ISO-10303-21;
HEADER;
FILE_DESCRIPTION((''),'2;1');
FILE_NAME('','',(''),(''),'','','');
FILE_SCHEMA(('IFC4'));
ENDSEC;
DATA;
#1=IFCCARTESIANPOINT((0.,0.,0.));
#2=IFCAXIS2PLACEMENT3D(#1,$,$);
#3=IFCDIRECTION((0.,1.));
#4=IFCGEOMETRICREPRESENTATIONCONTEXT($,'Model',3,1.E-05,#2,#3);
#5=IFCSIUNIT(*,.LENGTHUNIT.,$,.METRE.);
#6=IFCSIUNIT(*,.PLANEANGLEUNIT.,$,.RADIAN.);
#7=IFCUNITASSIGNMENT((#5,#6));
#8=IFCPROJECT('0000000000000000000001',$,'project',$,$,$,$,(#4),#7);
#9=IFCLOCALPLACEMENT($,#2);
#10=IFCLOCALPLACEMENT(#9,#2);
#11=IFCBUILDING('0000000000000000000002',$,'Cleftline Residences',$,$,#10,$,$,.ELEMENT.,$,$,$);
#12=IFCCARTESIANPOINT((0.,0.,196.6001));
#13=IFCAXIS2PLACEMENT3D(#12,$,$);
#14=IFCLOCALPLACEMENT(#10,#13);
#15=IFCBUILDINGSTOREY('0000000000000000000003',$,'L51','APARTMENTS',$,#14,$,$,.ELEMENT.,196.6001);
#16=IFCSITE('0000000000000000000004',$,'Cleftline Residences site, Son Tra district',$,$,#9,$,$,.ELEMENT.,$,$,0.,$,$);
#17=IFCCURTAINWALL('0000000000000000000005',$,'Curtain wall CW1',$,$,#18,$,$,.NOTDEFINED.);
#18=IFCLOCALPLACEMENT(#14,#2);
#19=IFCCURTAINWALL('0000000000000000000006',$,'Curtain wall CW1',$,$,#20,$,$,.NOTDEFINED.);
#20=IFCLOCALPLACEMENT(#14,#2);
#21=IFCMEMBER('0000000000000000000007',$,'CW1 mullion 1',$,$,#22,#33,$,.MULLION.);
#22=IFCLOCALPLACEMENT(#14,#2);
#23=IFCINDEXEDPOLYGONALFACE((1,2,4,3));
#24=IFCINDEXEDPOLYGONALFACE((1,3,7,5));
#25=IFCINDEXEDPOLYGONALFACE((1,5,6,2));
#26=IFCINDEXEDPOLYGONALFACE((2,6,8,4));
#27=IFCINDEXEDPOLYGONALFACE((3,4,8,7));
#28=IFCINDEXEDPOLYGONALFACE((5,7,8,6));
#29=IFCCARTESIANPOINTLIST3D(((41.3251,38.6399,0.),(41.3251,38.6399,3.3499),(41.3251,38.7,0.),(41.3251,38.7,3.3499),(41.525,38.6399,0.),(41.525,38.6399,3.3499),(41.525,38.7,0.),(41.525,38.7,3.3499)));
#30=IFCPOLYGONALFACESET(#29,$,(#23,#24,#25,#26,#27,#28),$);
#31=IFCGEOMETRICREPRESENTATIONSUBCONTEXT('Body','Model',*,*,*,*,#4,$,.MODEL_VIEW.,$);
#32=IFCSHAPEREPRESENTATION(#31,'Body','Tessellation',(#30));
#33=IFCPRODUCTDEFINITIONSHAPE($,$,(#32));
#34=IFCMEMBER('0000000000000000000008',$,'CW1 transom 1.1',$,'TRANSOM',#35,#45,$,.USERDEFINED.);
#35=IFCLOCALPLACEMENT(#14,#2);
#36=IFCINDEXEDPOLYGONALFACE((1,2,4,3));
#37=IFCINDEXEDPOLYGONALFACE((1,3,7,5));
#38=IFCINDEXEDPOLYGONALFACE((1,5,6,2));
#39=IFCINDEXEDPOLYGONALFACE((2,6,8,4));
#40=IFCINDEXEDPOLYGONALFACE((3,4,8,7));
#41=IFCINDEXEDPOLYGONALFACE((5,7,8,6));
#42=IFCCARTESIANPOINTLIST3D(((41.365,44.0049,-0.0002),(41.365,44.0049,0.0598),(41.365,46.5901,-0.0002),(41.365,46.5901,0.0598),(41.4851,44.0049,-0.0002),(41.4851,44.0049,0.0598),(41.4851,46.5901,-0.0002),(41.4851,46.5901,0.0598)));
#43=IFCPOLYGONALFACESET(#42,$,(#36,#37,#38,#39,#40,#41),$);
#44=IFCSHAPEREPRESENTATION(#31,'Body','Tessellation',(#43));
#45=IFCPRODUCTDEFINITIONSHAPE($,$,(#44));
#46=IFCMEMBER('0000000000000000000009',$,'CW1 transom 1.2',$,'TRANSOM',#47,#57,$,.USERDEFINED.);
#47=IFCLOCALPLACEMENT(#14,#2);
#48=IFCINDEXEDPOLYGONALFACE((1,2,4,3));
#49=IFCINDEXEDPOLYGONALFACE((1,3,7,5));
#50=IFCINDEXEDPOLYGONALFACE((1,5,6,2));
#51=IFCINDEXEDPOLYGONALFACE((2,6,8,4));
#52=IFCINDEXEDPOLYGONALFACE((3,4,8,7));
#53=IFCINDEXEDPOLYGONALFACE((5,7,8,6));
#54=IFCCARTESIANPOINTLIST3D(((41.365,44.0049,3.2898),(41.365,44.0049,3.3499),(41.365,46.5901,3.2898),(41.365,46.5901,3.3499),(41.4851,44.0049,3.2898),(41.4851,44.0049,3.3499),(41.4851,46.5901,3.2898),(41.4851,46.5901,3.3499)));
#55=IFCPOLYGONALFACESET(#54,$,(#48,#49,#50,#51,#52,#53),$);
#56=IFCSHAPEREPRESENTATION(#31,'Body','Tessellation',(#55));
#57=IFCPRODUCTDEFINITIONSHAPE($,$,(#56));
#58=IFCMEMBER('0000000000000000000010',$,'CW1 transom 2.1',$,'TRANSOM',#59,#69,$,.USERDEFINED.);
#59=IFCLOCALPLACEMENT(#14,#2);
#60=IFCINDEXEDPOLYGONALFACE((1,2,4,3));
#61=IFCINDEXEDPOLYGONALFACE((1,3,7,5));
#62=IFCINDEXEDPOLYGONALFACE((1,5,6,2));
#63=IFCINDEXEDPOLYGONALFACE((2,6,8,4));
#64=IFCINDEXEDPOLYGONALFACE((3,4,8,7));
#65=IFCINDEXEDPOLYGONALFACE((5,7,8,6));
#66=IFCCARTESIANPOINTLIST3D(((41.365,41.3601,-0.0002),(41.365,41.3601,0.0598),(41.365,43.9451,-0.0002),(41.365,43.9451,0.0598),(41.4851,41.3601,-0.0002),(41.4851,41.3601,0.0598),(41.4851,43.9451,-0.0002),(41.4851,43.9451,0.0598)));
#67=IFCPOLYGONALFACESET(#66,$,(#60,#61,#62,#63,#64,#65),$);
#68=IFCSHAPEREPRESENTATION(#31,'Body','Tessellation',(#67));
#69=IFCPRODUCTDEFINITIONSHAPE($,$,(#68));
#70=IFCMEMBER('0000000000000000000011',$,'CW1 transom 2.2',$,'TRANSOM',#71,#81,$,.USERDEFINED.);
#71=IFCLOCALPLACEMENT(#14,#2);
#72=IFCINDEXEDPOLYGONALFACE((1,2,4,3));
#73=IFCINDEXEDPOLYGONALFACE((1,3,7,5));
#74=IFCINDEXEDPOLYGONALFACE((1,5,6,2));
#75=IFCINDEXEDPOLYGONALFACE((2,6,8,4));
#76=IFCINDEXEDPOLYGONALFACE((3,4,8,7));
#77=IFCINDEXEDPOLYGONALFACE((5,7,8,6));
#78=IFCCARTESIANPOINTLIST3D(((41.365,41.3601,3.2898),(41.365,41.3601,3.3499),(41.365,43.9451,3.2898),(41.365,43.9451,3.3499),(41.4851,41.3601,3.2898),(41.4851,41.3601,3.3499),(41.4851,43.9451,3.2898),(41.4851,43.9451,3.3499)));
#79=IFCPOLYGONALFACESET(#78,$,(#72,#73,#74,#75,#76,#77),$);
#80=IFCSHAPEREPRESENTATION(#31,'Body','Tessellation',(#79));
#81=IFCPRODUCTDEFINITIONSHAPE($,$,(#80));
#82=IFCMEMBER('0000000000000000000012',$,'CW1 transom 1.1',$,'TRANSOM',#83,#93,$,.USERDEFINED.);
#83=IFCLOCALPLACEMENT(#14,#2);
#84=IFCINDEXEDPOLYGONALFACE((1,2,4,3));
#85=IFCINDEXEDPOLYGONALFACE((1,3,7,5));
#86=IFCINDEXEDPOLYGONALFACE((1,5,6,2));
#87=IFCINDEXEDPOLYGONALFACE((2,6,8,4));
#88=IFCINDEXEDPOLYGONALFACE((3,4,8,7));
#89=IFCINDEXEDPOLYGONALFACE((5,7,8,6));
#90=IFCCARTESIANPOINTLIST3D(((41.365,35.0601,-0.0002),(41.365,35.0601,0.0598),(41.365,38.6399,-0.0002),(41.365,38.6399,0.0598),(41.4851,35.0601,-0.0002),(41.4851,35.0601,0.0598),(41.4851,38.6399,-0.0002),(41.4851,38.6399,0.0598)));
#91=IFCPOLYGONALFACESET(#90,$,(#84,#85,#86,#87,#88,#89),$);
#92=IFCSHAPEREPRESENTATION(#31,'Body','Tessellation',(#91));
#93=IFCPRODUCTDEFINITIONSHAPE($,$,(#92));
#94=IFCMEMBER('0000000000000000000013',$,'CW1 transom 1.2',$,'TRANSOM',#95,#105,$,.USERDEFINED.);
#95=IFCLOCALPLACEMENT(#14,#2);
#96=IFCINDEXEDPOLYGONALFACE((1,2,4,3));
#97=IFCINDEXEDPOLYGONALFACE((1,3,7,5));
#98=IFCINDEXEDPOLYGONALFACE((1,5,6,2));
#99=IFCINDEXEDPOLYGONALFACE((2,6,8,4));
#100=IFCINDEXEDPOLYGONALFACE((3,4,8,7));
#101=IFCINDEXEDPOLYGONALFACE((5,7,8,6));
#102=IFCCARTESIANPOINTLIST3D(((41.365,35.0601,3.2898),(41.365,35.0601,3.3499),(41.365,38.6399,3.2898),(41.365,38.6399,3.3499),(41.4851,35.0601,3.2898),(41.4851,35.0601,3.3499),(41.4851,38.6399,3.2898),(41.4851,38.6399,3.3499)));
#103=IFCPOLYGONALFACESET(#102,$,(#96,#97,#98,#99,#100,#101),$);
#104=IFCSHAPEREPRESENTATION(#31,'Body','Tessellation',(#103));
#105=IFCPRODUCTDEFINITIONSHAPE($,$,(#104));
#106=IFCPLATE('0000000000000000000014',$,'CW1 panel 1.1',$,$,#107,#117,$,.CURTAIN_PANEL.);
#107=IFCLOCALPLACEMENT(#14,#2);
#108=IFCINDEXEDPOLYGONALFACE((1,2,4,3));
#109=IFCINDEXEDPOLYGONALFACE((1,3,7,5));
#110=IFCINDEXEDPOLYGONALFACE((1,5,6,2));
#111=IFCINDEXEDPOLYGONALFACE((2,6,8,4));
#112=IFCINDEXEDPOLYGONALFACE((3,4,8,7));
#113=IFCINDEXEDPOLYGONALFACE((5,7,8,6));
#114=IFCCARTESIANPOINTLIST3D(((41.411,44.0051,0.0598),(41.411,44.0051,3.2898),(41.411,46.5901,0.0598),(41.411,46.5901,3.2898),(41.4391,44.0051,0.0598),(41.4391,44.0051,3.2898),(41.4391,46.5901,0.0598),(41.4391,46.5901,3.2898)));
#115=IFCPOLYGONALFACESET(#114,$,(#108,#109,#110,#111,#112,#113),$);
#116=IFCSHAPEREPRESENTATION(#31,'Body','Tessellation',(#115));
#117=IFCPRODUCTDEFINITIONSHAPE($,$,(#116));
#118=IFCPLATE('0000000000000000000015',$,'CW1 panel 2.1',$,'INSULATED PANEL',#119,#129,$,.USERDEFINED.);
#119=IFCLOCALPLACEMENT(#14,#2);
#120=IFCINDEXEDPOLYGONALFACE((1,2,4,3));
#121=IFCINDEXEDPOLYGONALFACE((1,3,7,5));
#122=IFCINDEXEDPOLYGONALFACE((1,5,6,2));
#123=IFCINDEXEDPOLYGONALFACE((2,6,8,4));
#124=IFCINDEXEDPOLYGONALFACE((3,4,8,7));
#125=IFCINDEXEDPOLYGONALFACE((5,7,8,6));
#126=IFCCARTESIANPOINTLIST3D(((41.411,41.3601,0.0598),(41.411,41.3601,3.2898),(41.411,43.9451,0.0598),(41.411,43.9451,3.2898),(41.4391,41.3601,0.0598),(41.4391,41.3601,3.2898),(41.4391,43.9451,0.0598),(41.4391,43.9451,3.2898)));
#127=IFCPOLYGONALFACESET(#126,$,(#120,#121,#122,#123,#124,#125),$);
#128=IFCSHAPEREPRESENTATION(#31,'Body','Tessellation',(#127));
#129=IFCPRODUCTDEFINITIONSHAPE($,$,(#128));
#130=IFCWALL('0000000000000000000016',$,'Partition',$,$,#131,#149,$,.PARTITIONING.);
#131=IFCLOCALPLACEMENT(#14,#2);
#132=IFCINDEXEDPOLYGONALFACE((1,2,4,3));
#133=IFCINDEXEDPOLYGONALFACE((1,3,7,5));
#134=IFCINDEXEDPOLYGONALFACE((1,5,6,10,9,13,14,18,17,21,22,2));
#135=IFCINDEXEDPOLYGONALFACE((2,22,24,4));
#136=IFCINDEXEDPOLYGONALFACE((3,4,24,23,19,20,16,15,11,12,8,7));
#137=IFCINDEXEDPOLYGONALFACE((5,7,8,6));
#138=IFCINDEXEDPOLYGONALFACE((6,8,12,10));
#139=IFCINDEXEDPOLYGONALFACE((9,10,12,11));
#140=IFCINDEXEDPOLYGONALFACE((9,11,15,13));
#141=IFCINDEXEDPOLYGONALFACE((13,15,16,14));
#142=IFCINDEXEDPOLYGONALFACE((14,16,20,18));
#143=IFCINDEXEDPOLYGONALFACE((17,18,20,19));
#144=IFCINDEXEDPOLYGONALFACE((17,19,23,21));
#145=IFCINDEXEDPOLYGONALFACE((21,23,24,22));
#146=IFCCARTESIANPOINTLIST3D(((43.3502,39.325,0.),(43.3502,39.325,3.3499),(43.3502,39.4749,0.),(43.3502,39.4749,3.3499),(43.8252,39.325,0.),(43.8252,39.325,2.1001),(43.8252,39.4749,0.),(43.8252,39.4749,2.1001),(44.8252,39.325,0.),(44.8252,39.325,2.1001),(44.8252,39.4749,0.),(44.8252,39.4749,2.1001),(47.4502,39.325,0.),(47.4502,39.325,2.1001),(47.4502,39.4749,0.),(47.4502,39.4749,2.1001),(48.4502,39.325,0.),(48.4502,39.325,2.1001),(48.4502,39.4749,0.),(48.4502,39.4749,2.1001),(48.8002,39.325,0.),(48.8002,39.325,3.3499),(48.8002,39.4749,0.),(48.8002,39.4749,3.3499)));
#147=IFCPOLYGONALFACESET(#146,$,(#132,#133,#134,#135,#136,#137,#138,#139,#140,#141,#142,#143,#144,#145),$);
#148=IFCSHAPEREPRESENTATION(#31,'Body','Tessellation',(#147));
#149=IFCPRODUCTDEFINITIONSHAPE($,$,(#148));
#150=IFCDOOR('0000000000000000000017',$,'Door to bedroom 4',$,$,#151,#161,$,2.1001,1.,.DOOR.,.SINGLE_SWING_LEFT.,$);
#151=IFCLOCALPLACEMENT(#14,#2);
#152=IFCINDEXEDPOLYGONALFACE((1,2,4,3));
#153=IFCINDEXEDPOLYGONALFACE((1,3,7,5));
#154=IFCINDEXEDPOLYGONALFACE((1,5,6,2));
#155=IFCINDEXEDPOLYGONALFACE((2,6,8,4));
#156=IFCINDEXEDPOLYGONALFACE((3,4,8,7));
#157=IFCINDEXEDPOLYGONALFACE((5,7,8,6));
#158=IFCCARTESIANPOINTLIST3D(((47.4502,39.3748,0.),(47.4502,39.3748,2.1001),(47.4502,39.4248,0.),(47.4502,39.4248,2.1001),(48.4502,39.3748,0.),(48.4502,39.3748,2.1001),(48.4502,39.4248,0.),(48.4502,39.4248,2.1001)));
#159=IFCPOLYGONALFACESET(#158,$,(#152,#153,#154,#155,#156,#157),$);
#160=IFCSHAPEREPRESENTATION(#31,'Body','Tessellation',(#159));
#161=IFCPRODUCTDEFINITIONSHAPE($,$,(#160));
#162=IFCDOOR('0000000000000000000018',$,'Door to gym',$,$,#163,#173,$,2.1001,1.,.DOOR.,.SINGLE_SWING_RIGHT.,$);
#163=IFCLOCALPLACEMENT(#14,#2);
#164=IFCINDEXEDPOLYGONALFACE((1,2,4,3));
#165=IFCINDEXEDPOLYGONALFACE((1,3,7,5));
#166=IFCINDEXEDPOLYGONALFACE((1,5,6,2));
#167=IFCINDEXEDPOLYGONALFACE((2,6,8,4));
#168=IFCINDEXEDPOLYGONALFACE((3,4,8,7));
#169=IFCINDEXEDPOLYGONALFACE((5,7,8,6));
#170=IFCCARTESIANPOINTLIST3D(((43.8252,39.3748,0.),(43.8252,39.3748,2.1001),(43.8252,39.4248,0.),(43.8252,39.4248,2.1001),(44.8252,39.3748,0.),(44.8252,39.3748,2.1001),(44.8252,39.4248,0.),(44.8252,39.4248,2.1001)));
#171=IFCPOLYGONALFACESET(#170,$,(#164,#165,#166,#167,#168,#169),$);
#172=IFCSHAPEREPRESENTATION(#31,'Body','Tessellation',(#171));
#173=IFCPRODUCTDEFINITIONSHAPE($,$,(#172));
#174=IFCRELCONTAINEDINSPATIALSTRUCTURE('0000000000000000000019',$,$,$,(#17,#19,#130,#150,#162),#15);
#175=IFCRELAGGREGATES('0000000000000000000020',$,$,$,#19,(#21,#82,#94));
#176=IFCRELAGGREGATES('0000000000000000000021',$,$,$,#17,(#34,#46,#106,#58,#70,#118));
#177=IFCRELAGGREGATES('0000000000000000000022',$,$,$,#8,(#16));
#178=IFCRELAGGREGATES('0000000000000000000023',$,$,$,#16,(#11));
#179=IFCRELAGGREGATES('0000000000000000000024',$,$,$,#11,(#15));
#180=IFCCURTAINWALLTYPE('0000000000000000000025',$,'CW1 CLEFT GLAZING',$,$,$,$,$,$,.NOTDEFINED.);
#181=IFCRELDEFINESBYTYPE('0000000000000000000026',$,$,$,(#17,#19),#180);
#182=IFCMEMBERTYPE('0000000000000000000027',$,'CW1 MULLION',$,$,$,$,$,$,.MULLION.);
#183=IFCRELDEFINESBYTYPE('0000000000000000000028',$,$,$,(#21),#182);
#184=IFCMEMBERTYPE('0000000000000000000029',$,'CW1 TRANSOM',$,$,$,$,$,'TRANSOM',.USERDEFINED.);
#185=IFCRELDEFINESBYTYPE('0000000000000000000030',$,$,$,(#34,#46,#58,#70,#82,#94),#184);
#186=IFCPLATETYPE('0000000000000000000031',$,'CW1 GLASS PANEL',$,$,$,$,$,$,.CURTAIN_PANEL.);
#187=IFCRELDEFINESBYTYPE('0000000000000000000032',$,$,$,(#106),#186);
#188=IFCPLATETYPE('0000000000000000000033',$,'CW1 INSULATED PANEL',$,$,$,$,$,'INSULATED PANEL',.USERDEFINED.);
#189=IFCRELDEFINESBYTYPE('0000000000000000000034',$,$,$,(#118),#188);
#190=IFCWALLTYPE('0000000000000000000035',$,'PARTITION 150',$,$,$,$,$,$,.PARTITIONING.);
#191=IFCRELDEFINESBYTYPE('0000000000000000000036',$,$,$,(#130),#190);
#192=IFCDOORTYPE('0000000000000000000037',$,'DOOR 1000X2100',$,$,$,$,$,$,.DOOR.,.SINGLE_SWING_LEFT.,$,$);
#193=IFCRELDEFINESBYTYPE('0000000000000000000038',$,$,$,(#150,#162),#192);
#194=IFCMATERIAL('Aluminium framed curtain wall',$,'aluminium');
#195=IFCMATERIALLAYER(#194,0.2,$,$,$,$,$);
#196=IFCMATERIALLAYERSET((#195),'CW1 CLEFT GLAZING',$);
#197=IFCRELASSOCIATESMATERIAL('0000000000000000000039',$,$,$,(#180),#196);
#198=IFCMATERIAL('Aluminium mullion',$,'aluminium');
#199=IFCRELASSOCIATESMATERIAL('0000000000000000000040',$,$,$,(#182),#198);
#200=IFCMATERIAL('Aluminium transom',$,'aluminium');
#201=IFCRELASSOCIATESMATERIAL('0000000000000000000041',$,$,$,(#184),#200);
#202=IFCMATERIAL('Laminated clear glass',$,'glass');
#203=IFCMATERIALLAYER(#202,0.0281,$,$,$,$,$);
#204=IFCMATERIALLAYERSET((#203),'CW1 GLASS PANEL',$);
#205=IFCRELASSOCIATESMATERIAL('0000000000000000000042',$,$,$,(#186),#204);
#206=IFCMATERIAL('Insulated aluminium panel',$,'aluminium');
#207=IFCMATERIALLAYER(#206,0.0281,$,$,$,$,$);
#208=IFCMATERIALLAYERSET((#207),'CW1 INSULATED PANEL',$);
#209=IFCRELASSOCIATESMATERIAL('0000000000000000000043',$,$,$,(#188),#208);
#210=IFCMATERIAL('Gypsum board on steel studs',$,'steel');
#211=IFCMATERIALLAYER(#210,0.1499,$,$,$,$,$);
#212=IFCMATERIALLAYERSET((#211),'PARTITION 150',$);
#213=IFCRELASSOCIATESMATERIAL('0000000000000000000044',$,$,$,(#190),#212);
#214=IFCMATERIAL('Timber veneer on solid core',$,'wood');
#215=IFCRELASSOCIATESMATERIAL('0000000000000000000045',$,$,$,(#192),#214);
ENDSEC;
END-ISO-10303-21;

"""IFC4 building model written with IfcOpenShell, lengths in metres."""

from ifc_helpers import new_model, si_unit, direction, frame, frame_2d, origin, origin_2d, place, context, subcontext, project, spatial, rectangle, extrude, material, layer, layer_set, material_profile, profile_set, type_object, element, fill, aggregate, save


model = new_model("IFC4")

# Units and contexts
model_context = context("Model", 3, precision=1e-05, world=origin(), true_north=direction((0.0, 1.0)))
body_context = subcontext(model_context, "Body", "Model", "MODEL_VIEW")
ifc_project = project(units=[si_unit("LENGTHUNIT", "METRE"), si_unit("PLANEANGLEUNIT", "RADIAN")], contexts=[model_context])

# Site, building, storey
site_placement = place(None, origin())
site = spatial("IfcSite", under=ifc_project, at=site_placement, Name="Cleftline Residences site, Son Tra district", CompositionType="ELEMENT", RefElevation=0.0)
building_placement = place(site_placement, origin())
building = spatial("IfcBuilding", under=site, at=building_placement, Name="Cleftline Residences", CompositionType="ELEMENT")
storey_placement = place(building_placement, frame((0.0, 0.0, 196.6001)))
storey = spatial("IfcBuildingStorey", under=building, at=storey_placement, Name="L51", Description="APARTMENTS", CompositionType="ELEMENT", Elevation=196.6001)

# Curtain wall
ifc_material_1 = material(Name="Aluminium framed curtain wall", Category="aluminium")
ifc_layer_1 = layer(ifc_material_1, 0.2)
ifc_layer_set_1 = layer_set([ifc_layer_1], Name="CW1 CLEFT GLAZING")
curtain_wall_type = type_object("IfcCurtainWallType", Name="CW1 CLEFT GLAZING", PredefinedType="NOTDEFINED", material=ifc_layer_set_1)
curtain_wall_1_placement = place(storey_placement, origin())
curtain_wall_1 = element("IfcCurtainWall", 1, at=curtain_wall_1_placement, inside=storey, type_object=curtain_wall_type, Name="Curtain wall CW1", PredefinedType="NOTDEFINED")
ifc_material_2 = material(Name="Aluminium mullion", Category="aluminium")
ifc_material_profile_1 = material_profile(ifc_material_2, rectangle(XDim=0.2, YDim=0.0601, at=origin_2d()))
ifc_profile_set_1 = profile_set([ifc_material_profile_1], Name="Aluminium mullion")
member_type_1 = type_object("IfcMemberType", Name="CW1 MULLION", PredefinedType="MULLION", material=ifc_profile_set_1)

# Curtain wall, member
curtain_wall_2_placement = place(storey_placement, origin())
curtain_wall_2 = element("IfcCurtainWall", 2, at=curtain_wall_2_placement, inside=storey, type_object=curtain_wall_type, Name="Curtain wall CW1", PredefinedType="NOTDEFINED")
member_1_placement = place(storey_placement, frame((41.425, 38.6699, 0.0), z_axis=(0.0, 0.0, 1.0), x_axis=(1.0, 0.0, 0.0)))
member_1 = element("IfcMember", 3, at=member_1_placement, type_object=member_type_1, Name="CW1 mullion 1", PredefinedType="MULLION", context=body_context, shape_type="SweptSolid", body=[
    extrude(rectangle(XDim=0.2, YDim=0.0601, at=origin_2d()), origin(), (0.0, 0.0, 1.0), 3.3499),
])

# Members
ifc_material_3 = material(Name="Aluminium transom", Category="aluminium")
ifc_material_profile_2 = material_profile(ifc_material_3, rectangle(XDim=0.1201, YDim=0.0601, at=origin_2d()))
ifc_profile_set_2 = profile_set([ifc_material_profile_2], Name="Aluminium transom")
member_type_2 = type_object("IfcMemberType", Name="CW1 TRANSOM", ElementType="TRANSOM", PredefinedType="USERDEFINED", material=ifc_profile_set_2)
member_2_placement = place(storey_placement, frame((41.425, 46.5901, 0.0298), z_axis=(0.0, -1.0, 0.0), x_axis=(1.0, 0.0, 0.0)))
member_2 = element("IfcMember", 4, at=member_2_placement, type_object=member_type_2, Name="CW1 transom 1.1", ObjectType="TRANSOM", PredefinedType="USERDEFINED", context=body_context, shape_type="SweptSolid", body=[
    extrude(rectangle(XDim=0.1201, YDim=0.0601, at=origin_2d()), origin(), (0.0, 0.0, 1.0), 2.5852),
])
member_3_placement = place(storey_placement, frame((41.425, 46.5901, 3.3198), z_axis=(0.0, -1.0, 0.0), x_axis=(1.0, 0.0, 0.0)))
member_3 = element("IfcMember", 5, at=member_3_placement, type_object=member_type_2, Name="CW1 transom 1.2", ObjectType="TRANSOM", PredefinedType="USERDEFINED", context=body_context, shape_type="SweptSolid", body=[
    extrude(rectangle(XDim=0.1201, YDim=0.0601, at=origin_2d()), origin(), (0.0, 0.0, 1.0), 2.5852),
])
member_4_placement = place(storey_placement, frame((41.425, 43.9451, 0.0298), z_axis=(0.0, -1.0, 0.0), x_axis=(1.0, 0.0, 0.0)))
member_4 = element("IfcMember", 6, at=member_4_placement, type_object=member_type_2, Name="CW1 transom 2.1", ObjectType="TRANSOM", PredefinedType="USERDEFINED", context=body_context, shape_type="SweptSolid", body=[
    extrude(rectangle(XDim=0.1201, YDim=0.0601, at=origin_2d()), origin(), (0.0, 0.0, 1.0), 2.585),
])
member_5_placement = place(storey_placement, frame((41.425, 43.9451, 3.3198), z_axis=(0.0, -1.0, 0.0), x_axis=(1.0, 0.0, 0.0)))
member_5 = element("IfcMember", 7, at=member_5_placement, type_object=member_type_2, Name="CW1 transom 2.2", ObjectType="TRANSOM", PredefinedType="USERDEFINED", context=body_context, shape_type="SweptSolid", body=[
    extrude(rectangle(XDim=0.1201, YDim=0.0601, at=origin_2d()), origin(), (0.0, 0.0, 1.0), 2.585),
])
member_6_placement = place(storey_placement, frame((41.425, 38.6399, 0.0298), z_axis=(0.0, -1.0, 0.0), x_axis=(1.0, 0.0, 0.0)))
member_6 = element("IfcMember", 8, at=member_6_placement, type_object=member_type_2, Name="CW1 transom 1.1", ObjectType="TRANSOM", PredefinedType="USERDEFINED", context=body_context, shape_type="SweptSolid", body=[
    extrude(rectangle(XDim=0.1201, YDim=0.0601, at=origin_2d()), origin(), (0.0, 0.0, 1.0), 3.5798),
])
member_7_placement = place(storey_placement, frame((41.425, 38.6399, 3.3198), z_axis=(0.0, -1.0, 0.0), x_axis=(1.0, 0.0, 0.0)))
member_7 = element("IfcMember", 9, at=member_7_placement, type_object=member_type_2, Name="CW1 transom 1.2", ObjectType="TRANSOM", PredefinedType="USERDEFINED", context=body_context, shape_type="SweptSolid", body=[
    extrude(rectangle(XDim=0.1201, YDim=0.0601, at=origin_2d()), origin(), (0.0, 0.0, 1.0), 3.5798),
])
aggregate(curtain_wall_2, [member_1, member_6, member_7])

# Plates
ifc_material_4 = material(Name="Laminated clear glass", Category="glass")
ifc_layer_2 = layer(ifc_material_4, 0.0281)
ifc_layer_set_2 = layer_set([ifc_layer_2], Name="CW1 GLASS PANEL")
plate_type_1 = type_object("IfcPlateType", Name="CW1 GLASS PANEL", PredefinedType="CURTAIN_PANEL", material=ifc_layer_set_2)
plate_1_placement = place(storey_placement, frame((41.425, 45.2976, 0.0598), z_axis=(0.0, 0.0, 1.0), x_axis=(0.0, -1.0, 0.0)))
plate_1 = element("IfcPlate", 10, at=plate_1_placement, type_object=plate_type_1, Name="CW1 panel 1.1", PredefinedType="CURTAIN_PANEL", context=body_context, shape_type="SweptSolid", body=[
    extrude(rectangle(XDim=2.585, YDim=0.0281, at=origin_2d()), origin(), (0.0, 0.0, 1.0), 3.23),
])
ifc_material_5 = material(Name="Insulated aluminium panel", Category="aluminium")
ifc_layer_3 = layer(ifc_material_5, 0.0281)
ifc_layer_set_3 = layer_set([ifc_layer_3], Name="CW1 INSULATED PANEL")
plate_type_2 = type_object("IfcPlateType", Name="CW1 INSULATED PANEL", ElementType="INSULATED PANEL", PredefinedType="USERDEFINED", material=ifc_layer_set_3)
plate_2_placement = place(storey_placement, frame((41.425, 42.6526, 0.0598), z_axis=(0.0, 0.0, 1.0), x_axis=(0.0, -1.0, 0.0)))
plate_2 = element("IfcPlate", 11, at=plate_2_placement, type_object=plate_type_2, Name="CW1 panel 2.1", ObjectType="INSULATED PANEL", PredefinedType="USERDEFINED", context=body_context, shape_type="SweptSolid", body=[
    extrude(rectangle(XDim=2.585, YDim=0.0281, at=origin_2d()), origin(), (0.0, 0.0, 1.0), 3.23),
])
aggregate(curtain_wall_1, [member_2, member_3, plate_1, member_4, member_5, plate_2])

# Wall, openings, doors
ifc_material_6 = material(Name="Gypsum board on steel studs", Category="steel")
ifc_layer_4 = layer(ifc_material_6, 0.1499)
ifc_layer_set_4 = layer_set([ifc_layer_4], Name="PARTITION 150")
wall_type = type_object("IfcWallType", Name="PARTITION 150", PredefinedType="PARTITIONING", material=ifc_layer_set_4)
wall_1_placement = place(storey_placement, frame((43.3501, 39.3999, 0.0), z_axis=(0.0, 0.0, 1.0), x_axis=(1.0, 0.0, 0.0)))
wall_1 = element("IfcWall", 12, at=wall_1_placement, inside=storey, type_object=wall_type, Name="Partition", PredefinedType="PARTITIONING", context=body_context, shape_type="SweptSolid", body=[
    extrude(rectangle(XDim=5.45, YDim=0.1499, at=frame_2d((2.7251, 0.0))), origin(), (0.0, 0.0, 1.0), 3.3499),
])
opening_1_placement = place(wall_1_placement, frame((4.1001, 0.0, 0.0)))
opening_1 = element("IfcOpeningElement", 13, at=opening_1_placement, cuts=wall_1, PredefinedType="OPENING", context=body_context, shape_type="SweptSolid", body=[
    extrude(rectangle(XDim=1.0, YDim=2.1001, at=frame_2d((0.5, 1.05))), frame((0.0, 0.085, 0.0), z_axis=(0.0, -1.0, 0.0), x_axis=(1.0, 0.0, 0.0)), (0.0, 0.0, 1.0), 0.1699),
])
opening_2_placement = place(wall_1_placement, frame((0.4751, 0.0, 0.0)))
opening_2 = element("IfcOpeningElement", 14, at=opening_2_placement, cuts=wall_1, PredefinedType="OPENING", context=body_context, shape_type="SweptSolid", body=[
    extrude(rectangle(XDim=1.0, YDim=2.1001, at=frame_2d((0.5, 1.05))), frame((0.0, 0.085, 0.0), z_axis=(0.0, -1.0, 0.0), x_axis=(1.0, 0.0, 0.0)), (0.0, 0.0, 1.0), 0.1699),
])
ifc_material_7 = material(Name="Timber veneer on solid core", Category="wood")
door_type_1 = type_object("IfcDoorType", Name="DOOR 1000X2100", OperationType="SINGLE_SWING_LEFT", PredefinedType="DOOR", material=ifc_material_7)
door_1_placement = place(opening_1_placement, origin())
door_1 = element("IfcDoor", 15, at=door_1_placement, inside=storey, type_object=door_type_1, Name="Door to bedroom 4", OperationType="SINGLE_SWING_LEFT", OverallHeight=2.1001, OverallWidth=1.0, PredefinedType="DOOR", context=body_context, shape_type="SweptSolid", body=[
    extrude(rectangle(XDim=1.0, YDim=2.1001, at=frame_2d((0.5, 1.05))), frame((0.0, 0.0249, 0.0), z_axis=(0.0, -1.0, 0.0), x_axis=(1.0, 0.0, 0.0)), (0.0, 0.0, 1.0), 0.05),
])
fill(opening_1, door_1)
door_2_placement = place(opening_2_placement, origin())
door_2 = element("IfcDoor", 16, at=door_2_placement, inside=storey, type_object=door_type_1, Name="Door to gym", OperationType="SINGLE_SWING_RIGHT", OverallHeight=2.1001, OverallWidth=1.0, PredefinedType="DOOR", context=body_context, shape_type="SweptSolid", body=[
    extrude(rectangle(XDim=1.0, YDim=2.1001, at=frame_2d((0.5, 1.05))), frame((0.0, 0.0249, 0.0), z_axis=(0.0, -1.0, 0.0), x_axis=(1.0, 0.0, 0.0)), (0.0, 0.0, 1.0), 0.05),
])
fill(opening_2, door_2)

save(model, "model.ifc")
